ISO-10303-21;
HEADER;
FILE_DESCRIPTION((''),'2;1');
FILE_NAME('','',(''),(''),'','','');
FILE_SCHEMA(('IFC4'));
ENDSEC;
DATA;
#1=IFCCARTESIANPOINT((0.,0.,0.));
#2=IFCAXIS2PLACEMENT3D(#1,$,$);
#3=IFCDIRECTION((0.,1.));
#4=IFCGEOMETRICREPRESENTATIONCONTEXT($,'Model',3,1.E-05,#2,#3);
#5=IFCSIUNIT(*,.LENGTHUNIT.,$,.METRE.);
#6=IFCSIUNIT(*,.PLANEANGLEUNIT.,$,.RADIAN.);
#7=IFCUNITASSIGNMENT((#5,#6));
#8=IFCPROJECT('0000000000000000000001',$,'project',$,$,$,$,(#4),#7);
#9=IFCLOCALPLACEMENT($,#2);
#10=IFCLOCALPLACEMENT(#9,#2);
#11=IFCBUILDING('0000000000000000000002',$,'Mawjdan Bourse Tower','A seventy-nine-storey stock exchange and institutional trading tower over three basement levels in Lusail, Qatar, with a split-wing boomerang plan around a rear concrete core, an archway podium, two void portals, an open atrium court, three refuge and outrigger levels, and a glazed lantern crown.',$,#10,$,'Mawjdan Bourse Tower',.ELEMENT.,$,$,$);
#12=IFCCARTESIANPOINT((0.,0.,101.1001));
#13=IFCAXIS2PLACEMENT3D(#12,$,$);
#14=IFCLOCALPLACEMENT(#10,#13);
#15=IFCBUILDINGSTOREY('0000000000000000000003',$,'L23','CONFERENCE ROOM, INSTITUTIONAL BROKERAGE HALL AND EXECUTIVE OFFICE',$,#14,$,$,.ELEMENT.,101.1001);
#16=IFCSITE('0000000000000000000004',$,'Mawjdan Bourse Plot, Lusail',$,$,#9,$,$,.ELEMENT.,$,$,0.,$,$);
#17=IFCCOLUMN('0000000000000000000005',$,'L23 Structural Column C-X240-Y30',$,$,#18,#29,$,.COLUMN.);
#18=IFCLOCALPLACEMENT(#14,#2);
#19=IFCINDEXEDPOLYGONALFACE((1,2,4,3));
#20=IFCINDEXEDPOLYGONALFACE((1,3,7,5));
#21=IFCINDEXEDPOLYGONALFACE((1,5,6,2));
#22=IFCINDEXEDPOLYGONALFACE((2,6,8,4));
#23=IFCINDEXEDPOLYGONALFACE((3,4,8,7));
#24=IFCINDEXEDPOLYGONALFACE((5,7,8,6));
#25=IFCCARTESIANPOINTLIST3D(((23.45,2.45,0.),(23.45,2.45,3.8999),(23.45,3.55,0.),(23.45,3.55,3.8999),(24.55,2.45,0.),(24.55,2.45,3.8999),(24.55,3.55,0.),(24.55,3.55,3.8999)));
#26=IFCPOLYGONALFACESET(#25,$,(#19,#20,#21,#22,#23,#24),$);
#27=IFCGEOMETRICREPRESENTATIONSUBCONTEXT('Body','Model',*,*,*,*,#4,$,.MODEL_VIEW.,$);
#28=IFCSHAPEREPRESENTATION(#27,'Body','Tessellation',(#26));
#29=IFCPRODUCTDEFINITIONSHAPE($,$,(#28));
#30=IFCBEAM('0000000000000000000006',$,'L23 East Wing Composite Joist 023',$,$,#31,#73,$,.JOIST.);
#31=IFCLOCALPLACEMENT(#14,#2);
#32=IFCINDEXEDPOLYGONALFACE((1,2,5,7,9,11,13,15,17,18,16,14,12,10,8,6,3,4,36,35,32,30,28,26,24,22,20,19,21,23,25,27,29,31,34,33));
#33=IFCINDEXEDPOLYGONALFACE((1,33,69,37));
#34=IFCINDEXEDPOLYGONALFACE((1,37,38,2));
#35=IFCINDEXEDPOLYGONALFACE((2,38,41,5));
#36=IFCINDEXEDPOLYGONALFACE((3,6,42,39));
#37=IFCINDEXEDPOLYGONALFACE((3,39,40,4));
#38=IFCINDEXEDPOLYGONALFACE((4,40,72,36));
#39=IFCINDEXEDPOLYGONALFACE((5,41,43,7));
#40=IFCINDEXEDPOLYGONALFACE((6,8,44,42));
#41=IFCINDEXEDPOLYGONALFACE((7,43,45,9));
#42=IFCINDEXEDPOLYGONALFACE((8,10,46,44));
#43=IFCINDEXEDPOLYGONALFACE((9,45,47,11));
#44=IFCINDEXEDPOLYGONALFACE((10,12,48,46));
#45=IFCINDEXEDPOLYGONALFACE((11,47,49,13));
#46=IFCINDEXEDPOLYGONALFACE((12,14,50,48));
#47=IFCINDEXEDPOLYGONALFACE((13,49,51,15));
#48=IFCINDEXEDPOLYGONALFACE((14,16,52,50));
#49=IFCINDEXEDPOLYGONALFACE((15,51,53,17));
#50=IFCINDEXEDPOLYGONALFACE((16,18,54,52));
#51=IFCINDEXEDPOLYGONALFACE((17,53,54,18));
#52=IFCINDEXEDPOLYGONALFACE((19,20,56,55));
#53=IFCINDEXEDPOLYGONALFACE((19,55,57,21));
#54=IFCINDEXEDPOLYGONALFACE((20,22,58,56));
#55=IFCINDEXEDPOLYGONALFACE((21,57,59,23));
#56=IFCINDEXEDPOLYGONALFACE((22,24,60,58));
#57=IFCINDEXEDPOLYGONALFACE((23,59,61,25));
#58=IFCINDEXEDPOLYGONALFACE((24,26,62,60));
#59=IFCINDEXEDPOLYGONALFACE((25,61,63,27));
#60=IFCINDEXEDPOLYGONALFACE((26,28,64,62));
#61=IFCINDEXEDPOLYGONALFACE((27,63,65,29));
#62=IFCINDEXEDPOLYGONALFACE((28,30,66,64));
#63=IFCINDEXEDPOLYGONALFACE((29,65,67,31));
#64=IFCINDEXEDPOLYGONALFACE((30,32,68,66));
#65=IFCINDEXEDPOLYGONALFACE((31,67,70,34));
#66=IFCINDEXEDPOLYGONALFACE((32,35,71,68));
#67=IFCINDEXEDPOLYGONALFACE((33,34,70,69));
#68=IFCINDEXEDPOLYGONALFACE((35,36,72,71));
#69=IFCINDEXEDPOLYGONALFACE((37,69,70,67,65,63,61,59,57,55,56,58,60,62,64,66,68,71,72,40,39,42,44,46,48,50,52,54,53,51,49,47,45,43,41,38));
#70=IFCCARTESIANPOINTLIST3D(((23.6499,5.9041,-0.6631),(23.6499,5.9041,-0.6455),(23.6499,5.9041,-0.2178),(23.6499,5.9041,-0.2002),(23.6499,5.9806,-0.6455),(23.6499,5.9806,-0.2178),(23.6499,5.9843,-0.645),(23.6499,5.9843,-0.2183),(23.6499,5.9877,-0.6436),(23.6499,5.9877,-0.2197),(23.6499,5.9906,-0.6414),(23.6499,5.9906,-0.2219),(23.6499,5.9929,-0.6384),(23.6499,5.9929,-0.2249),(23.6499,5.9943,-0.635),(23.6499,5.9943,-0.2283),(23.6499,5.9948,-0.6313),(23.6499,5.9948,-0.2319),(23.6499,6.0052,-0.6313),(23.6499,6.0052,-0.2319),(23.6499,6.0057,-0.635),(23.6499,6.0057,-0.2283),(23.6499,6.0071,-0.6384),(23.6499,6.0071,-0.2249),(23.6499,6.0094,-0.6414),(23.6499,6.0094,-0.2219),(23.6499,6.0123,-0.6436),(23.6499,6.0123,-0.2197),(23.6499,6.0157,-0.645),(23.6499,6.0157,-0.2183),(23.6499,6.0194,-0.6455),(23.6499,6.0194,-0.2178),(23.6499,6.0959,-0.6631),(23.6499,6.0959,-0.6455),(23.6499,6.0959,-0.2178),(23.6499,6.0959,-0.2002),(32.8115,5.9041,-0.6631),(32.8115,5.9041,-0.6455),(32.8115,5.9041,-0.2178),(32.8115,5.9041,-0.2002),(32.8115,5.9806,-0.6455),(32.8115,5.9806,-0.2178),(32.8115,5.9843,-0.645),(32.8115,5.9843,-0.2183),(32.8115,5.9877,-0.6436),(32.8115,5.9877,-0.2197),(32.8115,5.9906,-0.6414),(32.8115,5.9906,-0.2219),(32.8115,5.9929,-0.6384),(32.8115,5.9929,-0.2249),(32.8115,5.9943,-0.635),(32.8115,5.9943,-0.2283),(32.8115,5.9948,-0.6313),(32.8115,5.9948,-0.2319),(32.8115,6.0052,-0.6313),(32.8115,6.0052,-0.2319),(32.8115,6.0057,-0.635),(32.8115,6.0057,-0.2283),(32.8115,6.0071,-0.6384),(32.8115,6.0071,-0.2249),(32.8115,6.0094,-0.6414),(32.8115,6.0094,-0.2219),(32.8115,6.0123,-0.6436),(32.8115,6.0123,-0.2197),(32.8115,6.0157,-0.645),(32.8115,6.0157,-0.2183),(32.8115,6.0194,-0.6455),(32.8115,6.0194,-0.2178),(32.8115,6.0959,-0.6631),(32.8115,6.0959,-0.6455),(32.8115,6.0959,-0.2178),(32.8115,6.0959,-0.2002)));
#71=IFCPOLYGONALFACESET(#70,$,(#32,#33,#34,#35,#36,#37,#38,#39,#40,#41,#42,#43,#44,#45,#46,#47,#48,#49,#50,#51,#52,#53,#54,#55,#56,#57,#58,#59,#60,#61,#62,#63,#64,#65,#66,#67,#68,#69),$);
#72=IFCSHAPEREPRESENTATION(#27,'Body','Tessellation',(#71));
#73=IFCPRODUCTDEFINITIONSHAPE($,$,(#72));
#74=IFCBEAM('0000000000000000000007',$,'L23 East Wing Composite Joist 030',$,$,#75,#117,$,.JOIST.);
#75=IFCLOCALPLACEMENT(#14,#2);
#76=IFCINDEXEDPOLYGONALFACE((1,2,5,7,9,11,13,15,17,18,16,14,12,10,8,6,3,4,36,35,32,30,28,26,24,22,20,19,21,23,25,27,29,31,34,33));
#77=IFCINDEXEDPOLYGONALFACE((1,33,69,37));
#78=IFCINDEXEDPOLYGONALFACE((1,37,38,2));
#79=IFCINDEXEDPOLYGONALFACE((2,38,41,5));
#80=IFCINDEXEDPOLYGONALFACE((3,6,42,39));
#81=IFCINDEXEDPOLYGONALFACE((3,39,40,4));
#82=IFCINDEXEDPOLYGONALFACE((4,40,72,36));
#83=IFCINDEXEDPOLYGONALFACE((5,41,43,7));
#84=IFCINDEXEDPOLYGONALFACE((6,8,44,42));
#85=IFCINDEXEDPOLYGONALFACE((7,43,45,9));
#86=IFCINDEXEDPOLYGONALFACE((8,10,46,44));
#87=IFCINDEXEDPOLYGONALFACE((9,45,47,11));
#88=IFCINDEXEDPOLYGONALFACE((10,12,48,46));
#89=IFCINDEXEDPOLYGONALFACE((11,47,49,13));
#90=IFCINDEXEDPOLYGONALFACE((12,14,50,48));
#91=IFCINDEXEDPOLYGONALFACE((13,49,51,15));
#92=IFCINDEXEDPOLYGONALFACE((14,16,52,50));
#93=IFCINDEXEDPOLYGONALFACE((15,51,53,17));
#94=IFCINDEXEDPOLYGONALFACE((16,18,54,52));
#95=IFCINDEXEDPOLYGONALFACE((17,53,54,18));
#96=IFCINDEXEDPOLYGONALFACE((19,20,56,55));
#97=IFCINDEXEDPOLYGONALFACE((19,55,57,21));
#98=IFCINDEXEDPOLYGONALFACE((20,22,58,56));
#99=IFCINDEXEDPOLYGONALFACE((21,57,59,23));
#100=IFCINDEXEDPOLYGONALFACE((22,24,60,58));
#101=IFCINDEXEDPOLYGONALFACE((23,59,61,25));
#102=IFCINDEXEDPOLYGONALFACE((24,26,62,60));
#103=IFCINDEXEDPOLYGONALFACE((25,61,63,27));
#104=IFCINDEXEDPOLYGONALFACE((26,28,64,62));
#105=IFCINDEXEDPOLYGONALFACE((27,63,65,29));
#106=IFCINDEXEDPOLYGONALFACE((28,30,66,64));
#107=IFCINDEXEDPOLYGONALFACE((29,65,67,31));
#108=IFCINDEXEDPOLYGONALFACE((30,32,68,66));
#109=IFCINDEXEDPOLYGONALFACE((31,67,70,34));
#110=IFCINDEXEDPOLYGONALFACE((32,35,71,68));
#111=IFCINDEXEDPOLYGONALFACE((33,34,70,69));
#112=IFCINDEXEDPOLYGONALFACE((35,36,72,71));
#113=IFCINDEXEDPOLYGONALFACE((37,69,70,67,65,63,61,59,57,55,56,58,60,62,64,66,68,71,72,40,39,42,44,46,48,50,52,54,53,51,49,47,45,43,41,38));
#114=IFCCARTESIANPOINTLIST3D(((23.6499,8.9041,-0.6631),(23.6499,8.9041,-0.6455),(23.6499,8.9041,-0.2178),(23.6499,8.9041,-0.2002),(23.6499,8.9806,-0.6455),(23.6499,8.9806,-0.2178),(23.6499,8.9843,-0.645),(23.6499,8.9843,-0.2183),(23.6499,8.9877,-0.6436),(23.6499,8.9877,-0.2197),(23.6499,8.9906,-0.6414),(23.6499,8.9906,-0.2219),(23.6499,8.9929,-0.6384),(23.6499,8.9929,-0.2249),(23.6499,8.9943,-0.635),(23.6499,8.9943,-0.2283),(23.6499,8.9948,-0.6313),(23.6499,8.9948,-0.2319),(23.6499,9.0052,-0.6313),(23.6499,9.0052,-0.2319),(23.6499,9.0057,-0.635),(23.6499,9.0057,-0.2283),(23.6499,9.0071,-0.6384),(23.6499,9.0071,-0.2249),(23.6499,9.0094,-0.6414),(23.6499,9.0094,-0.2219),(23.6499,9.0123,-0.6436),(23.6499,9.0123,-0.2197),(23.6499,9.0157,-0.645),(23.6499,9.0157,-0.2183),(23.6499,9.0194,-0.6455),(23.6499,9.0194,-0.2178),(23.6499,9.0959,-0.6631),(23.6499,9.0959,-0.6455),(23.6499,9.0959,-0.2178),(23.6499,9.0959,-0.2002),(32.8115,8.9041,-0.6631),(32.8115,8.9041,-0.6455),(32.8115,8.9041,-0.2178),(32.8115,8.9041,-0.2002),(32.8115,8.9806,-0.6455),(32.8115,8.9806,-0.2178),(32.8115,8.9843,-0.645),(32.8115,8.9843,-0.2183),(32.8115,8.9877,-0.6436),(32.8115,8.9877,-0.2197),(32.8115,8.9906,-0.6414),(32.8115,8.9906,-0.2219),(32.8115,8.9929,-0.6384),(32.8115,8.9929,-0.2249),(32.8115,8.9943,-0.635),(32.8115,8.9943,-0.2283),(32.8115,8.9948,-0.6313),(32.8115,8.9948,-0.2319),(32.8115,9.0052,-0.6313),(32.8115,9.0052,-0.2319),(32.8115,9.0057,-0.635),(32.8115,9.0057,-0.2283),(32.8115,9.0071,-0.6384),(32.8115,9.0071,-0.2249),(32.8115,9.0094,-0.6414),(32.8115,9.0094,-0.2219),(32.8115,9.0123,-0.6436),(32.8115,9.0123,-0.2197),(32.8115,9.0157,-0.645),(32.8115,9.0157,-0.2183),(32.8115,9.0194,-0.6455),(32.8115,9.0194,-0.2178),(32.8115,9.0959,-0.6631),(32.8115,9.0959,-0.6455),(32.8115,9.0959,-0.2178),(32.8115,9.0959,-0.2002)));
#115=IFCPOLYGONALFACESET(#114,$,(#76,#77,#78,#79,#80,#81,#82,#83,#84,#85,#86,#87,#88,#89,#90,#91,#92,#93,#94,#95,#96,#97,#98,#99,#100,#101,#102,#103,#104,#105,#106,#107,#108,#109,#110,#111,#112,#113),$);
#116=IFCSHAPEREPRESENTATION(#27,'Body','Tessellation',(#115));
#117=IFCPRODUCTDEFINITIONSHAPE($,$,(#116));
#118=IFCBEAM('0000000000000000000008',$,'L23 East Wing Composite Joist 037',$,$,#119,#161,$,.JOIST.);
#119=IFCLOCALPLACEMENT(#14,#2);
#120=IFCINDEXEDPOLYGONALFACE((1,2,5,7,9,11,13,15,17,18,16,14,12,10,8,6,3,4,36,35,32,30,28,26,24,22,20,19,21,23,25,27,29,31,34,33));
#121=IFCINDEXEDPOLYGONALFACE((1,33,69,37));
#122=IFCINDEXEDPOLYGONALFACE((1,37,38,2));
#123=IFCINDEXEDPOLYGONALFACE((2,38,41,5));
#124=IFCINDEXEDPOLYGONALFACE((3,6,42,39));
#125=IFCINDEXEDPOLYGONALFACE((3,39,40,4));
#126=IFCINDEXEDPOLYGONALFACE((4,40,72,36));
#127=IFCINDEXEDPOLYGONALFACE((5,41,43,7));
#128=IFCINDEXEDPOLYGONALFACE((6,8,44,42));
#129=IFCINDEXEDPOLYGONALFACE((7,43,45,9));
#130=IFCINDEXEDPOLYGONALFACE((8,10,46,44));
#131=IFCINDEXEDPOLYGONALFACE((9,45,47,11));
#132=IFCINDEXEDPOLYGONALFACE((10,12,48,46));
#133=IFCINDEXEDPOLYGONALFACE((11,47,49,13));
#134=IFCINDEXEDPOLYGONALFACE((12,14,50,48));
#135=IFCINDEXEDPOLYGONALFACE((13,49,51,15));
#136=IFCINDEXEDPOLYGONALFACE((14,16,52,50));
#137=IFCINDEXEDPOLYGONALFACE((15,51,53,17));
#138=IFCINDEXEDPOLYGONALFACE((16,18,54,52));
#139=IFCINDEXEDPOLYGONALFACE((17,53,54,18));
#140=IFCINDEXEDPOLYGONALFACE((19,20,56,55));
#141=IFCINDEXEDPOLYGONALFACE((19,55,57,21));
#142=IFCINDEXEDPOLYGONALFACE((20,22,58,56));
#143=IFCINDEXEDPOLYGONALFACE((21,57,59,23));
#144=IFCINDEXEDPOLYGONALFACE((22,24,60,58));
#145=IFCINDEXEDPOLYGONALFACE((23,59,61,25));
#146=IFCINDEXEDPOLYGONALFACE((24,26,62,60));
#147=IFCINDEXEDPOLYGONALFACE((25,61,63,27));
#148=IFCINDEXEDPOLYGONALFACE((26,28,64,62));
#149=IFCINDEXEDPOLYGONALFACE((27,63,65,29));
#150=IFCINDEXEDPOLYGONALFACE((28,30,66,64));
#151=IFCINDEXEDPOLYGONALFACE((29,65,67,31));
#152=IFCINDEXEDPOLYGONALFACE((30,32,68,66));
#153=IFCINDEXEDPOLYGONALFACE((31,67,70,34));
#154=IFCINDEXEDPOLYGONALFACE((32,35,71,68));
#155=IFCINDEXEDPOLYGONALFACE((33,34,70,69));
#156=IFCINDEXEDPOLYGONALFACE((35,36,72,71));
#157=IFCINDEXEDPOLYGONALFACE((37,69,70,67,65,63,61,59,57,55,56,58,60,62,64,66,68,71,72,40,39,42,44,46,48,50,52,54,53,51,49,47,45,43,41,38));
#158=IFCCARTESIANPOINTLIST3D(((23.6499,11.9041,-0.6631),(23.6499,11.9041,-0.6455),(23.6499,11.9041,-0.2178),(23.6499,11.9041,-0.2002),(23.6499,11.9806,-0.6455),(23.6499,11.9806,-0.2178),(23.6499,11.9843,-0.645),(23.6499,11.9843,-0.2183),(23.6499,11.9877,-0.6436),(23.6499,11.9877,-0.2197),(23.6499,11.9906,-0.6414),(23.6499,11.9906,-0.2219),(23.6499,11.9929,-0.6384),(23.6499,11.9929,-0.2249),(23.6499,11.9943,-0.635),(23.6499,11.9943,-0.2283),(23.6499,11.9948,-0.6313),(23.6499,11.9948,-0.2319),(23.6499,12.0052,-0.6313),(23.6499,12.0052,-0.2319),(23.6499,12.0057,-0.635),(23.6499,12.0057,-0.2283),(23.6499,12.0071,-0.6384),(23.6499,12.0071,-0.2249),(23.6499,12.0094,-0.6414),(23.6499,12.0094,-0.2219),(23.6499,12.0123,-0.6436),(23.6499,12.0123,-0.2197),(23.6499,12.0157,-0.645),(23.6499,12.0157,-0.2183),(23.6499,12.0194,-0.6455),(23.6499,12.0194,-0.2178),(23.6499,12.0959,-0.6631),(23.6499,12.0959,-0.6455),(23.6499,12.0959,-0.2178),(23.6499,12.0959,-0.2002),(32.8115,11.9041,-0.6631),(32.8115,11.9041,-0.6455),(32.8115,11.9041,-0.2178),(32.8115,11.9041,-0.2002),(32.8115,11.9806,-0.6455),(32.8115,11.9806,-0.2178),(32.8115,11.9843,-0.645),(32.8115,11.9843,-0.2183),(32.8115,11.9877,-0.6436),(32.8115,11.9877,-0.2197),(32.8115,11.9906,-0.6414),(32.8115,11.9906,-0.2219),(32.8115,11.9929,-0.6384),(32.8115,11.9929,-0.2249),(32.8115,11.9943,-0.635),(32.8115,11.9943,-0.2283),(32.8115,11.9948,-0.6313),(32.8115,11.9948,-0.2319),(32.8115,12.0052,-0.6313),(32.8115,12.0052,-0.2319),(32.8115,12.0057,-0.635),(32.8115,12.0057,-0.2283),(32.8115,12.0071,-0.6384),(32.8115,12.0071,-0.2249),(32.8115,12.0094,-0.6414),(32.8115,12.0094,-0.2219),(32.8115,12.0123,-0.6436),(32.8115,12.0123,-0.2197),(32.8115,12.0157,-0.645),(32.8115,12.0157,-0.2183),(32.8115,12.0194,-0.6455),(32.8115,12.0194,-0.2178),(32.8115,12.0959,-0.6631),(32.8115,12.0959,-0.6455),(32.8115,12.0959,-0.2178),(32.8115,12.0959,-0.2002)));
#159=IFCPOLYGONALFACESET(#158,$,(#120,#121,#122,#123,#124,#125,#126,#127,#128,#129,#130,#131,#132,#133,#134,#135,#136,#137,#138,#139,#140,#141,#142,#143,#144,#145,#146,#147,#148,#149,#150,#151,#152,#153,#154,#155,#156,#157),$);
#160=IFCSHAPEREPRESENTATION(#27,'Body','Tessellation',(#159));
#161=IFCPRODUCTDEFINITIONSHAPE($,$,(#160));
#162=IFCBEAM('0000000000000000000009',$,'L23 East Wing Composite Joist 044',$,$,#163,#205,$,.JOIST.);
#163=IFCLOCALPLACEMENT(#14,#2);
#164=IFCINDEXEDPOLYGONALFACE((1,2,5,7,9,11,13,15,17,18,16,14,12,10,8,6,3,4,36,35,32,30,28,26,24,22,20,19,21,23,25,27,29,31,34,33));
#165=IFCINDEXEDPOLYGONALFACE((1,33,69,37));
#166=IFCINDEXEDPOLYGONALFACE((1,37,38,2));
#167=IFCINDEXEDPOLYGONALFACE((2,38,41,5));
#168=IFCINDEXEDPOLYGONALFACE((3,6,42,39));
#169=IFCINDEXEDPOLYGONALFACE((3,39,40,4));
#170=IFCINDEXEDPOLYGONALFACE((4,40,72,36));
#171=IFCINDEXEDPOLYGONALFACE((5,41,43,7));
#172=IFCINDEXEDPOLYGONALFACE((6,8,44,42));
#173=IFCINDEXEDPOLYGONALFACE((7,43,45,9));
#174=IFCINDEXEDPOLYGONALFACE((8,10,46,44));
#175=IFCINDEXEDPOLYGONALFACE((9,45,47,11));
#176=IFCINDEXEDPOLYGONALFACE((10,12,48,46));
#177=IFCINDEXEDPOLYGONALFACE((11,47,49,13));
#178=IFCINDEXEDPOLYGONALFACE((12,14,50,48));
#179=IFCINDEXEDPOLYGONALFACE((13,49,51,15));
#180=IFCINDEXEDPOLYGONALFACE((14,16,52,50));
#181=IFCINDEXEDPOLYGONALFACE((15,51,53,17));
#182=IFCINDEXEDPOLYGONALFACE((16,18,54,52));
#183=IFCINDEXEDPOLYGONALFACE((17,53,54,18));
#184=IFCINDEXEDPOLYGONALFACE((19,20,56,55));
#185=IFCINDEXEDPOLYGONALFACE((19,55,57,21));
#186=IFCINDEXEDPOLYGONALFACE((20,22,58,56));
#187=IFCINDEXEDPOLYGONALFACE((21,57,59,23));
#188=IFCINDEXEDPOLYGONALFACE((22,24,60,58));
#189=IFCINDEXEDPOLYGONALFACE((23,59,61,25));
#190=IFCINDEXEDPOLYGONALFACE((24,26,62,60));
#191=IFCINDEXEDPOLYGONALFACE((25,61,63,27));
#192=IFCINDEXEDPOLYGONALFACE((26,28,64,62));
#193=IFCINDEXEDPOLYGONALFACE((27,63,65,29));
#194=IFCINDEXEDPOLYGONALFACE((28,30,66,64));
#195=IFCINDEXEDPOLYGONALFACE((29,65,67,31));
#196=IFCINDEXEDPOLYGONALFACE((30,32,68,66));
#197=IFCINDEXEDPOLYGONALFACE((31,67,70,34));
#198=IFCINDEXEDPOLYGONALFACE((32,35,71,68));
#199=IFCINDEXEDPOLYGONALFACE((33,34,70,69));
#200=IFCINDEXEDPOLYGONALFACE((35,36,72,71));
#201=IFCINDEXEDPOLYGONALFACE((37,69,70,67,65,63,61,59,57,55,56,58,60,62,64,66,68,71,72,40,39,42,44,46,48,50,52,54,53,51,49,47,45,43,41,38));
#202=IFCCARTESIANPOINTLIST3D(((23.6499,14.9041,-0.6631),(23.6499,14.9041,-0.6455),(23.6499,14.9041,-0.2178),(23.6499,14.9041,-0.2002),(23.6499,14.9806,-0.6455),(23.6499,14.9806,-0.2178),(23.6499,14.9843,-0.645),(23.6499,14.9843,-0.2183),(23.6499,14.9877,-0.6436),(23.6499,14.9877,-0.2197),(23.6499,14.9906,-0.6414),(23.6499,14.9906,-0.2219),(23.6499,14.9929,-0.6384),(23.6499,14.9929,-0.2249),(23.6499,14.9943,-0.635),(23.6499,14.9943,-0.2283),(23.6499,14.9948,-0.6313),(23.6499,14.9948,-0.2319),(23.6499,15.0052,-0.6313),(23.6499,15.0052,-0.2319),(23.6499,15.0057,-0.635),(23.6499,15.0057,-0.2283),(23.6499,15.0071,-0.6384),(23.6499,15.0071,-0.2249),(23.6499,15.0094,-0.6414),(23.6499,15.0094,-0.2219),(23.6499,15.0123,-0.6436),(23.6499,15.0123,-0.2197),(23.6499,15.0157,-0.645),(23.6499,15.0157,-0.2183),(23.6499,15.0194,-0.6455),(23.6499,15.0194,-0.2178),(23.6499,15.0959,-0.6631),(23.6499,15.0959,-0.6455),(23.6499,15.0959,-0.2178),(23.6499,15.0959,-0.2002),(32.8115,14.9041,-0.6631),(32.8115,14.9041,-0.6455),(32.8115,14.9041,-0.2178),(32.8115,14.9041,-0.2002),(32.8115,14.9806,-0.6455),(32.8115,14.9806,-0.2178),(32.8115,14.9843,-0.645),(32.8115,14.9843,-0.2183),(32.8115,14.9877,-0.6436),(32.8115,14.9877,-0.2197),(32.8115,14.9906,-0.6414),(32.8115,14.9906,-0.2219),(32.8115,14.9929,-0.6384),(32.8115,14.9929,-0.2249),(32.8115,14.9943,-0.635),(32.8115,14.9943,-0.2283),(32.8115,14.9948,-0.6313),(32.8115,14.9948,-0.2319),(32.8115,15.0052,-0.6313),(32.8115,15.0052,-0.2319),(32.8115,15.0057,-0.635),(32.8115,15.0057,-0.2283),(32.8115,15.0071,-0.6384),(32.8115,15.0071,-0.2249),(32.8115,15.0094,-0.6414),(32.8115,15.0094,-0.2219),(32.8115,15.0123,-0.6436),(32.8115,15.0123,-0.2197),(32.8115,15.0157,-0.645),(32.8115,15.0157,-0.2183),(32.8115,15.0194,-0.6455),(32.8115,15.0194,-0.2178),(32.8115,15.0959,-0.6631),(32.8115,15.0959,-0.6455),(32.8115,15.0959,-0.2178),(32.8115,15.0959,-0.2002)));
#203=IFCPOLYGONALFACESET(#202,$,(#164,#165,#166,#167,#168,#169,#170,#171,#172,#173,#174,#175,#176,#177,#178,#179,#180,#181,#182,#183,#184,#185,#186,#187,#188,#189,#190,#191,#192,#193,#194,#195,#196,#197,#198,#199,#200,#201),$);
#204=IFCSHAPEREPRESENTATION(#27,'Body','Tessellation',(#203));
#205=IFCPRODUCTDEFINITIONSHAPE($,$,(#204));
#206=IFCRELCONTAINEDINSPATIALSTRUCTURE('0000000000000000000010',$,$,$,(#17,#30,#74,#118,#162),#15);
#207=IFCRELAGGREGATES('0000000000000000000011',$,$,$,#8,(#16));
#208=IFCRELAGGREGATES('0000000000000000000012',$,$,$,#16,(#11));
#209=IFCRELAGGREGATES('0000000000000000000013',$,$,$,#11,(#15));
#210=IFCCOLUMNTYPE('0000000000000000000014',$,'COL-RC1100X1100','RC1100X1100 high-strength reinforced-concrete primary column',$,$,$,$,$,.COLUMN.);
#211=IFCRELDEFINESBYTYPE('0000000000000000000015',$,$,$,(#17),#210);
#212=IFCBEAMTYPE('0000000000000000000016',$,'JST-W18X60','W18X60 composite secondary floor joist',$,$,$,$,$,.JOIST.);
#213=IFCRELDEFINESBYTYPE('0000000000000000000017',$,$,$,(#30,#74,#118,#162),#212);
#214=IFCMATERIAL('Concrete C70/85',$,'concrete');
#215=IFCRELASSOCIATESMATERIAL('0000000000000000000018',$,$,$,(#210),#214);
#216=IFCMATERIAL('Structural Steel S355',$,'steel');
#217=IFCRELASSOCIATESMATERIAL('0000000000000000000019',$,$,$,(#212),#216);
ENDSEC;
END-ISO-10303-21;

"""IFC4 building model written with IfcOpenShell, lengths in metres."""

from ifc_helpers import new_model, si_unit, direction, frame, origin, origin_2d, place, context, subcontext, project, spatial, rectangle, i_section, extrude, material, material_profile, profile_set, type_object, element, save


model = new_model("IFC4")

# Units and contexts
model_context = context("Model", 3, precision=1e-05, world=origin(), true_north=direction((0.0, 1.0)))
body_context = subcontext(model_context, "Body", "Model", "MODEL_VIEW")
ifc_project = project(units=[si_unit("LENGTHUNIT", "METRE"), si_unit("PLANEANGLEUNIT", "RADIAN")], contexts=[model_context])

# Site, building, storey
site_placement = place(None, origin())
site = spatial("IfcSite", under=ifc_project, at=site_placement, Name="Mawjdan Bourse Plot, Lusail", CompositionType="ELEMENT", RefElevation=0.0)
building_placement = place(site_placement, origin())
building = spatial("IfcBuilding", under=site, at=building_placement, Name="Mawjdan Bourse Tower", Description="A seventy-nine-storey stock exchange and institutional trading tower over three basement levels in Lusail, Qatar, with a split-wing boomerang plan around a rear concrete core, an archway podium, two void portals, an open atrium court, three refuge and outrigger levels, and a glazed lantern crown.", LongName="Mawjdan Bourse Tower", CompositionType="ELEMENT")
storey_placement = place(building_placement, frame((0.0, 0.0, 101.1001)))
storey = spatial("IfcBuildingStorey", under=building, at=storey_placement, Name="L23", Description="CONFERENCE ROOM, INSTITUTIONAL BROKERAGE HALL AND EXECUTIVE OFFICE", CompositionType="ELEMENT", Elevation=101.1001)

# Column
ifc_material_1 = material(Name="Concrete C70/85", Category="concrete")
ifc_material_profile_1 = material_profile(ifc_material_1, rectangle(XDim=1.1001, YDim=1.1001, at=origin_2d()), Name="RC1100X1100")
ifc_profile_set_1 = profile_set([ifc_material_profile_1], Name="Concrete C70/85")
column_type = type_object("IfcColumnType", Name="COL-RC1100X1100", Description="RC1100X1100 high-strength reinforced-concrete primary column", PredefinedType="COLUMN", material=ifc_profile_set_1)
column_placement = place(storey_placement, frame((24.0, 3.0, 0.0), z_axis=(0.0, 0.0, 1.0), x_axis=(1.0, 0.0, 0.0)))
element("IfcColumn", 1, at=column_placement, inside=storey, type_object=column_type, Name="L23 Structural Column C-X240-Y30", PredefinedType="COLUMN", context=body_context, shape_type="SweptSolid", body=[
    extrude(rectangle(XDim=1.1001, YDim=1.1001, at=origin_2d()), origin(), (0.0, 0.0, 1.0), 3.8999),
])

# Beams
ifc_material_2 = material(Name="Structural Steel S355", Category="steel")
ifc_material_profile_2 = material_profile(ifc_material_2, i_section(OverallWidth=0.1919, OverallDepth=0.4629, WebThickness=0.0105, FlangeThickness=0.0176, FilletRadius=0.0142, at=origin_2d()), Name="W18X60")
ifc_profile_set_2 = profile_set([ifc_material_profile_2], Name="Structural Steel S355")
beam_type_1 = type_object("IfcBeamType", Name="JST-W18X60", Description="W18X60 composite secondary floor joist", PredefinedType="JOIST", material=ifc_profile_set_2)
for number, where, z_axis, x_axis, name in (
    (2, (23.6499, 6.0, -0.4316), (1.0, 0.0, 0.0), (0.0, 1.0, 0.0), "L23 East Wing Composite Joist 023"),
    (3, (23.6499, 9.0, -0.4316), (1.0, 0.0, 0.0), (0.0, 1.0, 0.0), "L23 East Wing Composite Joist 030"),
    (4, (23.6499, 12.0, -0.4316), (1.0, 0.0, 0.0), (0.0, 1.0, 0.0), "L23 East Wing Composite Joist 037"),
    (5, (23.6499, 15.0, -0.4316), (1.0, 0.0, 0.0), (0.0, 1.0, 0.0), "L23 East Wing Composite Joist 044"),
):
    element("IfcBeam", number, at=place(storey_placement, frame(where, z_axis=z_axis, x_axis=x_axis)), inside=storey, type_object=beam_type_1, Name=name, PredefinedType="JOIST", context=body_context, shape_type="SweptSolid", body=[
        extrude(i_section(OverallWidth=0.1919, OverallDepth=0.4629, WebThickness=0.0105, FlangeThickness=0.0176, FilletRadius=0.0142, at=origin_2d()), origin(), (0.0, 0.0, 1.0), 9.1616),
    ])

save(model, "model.ifc")
